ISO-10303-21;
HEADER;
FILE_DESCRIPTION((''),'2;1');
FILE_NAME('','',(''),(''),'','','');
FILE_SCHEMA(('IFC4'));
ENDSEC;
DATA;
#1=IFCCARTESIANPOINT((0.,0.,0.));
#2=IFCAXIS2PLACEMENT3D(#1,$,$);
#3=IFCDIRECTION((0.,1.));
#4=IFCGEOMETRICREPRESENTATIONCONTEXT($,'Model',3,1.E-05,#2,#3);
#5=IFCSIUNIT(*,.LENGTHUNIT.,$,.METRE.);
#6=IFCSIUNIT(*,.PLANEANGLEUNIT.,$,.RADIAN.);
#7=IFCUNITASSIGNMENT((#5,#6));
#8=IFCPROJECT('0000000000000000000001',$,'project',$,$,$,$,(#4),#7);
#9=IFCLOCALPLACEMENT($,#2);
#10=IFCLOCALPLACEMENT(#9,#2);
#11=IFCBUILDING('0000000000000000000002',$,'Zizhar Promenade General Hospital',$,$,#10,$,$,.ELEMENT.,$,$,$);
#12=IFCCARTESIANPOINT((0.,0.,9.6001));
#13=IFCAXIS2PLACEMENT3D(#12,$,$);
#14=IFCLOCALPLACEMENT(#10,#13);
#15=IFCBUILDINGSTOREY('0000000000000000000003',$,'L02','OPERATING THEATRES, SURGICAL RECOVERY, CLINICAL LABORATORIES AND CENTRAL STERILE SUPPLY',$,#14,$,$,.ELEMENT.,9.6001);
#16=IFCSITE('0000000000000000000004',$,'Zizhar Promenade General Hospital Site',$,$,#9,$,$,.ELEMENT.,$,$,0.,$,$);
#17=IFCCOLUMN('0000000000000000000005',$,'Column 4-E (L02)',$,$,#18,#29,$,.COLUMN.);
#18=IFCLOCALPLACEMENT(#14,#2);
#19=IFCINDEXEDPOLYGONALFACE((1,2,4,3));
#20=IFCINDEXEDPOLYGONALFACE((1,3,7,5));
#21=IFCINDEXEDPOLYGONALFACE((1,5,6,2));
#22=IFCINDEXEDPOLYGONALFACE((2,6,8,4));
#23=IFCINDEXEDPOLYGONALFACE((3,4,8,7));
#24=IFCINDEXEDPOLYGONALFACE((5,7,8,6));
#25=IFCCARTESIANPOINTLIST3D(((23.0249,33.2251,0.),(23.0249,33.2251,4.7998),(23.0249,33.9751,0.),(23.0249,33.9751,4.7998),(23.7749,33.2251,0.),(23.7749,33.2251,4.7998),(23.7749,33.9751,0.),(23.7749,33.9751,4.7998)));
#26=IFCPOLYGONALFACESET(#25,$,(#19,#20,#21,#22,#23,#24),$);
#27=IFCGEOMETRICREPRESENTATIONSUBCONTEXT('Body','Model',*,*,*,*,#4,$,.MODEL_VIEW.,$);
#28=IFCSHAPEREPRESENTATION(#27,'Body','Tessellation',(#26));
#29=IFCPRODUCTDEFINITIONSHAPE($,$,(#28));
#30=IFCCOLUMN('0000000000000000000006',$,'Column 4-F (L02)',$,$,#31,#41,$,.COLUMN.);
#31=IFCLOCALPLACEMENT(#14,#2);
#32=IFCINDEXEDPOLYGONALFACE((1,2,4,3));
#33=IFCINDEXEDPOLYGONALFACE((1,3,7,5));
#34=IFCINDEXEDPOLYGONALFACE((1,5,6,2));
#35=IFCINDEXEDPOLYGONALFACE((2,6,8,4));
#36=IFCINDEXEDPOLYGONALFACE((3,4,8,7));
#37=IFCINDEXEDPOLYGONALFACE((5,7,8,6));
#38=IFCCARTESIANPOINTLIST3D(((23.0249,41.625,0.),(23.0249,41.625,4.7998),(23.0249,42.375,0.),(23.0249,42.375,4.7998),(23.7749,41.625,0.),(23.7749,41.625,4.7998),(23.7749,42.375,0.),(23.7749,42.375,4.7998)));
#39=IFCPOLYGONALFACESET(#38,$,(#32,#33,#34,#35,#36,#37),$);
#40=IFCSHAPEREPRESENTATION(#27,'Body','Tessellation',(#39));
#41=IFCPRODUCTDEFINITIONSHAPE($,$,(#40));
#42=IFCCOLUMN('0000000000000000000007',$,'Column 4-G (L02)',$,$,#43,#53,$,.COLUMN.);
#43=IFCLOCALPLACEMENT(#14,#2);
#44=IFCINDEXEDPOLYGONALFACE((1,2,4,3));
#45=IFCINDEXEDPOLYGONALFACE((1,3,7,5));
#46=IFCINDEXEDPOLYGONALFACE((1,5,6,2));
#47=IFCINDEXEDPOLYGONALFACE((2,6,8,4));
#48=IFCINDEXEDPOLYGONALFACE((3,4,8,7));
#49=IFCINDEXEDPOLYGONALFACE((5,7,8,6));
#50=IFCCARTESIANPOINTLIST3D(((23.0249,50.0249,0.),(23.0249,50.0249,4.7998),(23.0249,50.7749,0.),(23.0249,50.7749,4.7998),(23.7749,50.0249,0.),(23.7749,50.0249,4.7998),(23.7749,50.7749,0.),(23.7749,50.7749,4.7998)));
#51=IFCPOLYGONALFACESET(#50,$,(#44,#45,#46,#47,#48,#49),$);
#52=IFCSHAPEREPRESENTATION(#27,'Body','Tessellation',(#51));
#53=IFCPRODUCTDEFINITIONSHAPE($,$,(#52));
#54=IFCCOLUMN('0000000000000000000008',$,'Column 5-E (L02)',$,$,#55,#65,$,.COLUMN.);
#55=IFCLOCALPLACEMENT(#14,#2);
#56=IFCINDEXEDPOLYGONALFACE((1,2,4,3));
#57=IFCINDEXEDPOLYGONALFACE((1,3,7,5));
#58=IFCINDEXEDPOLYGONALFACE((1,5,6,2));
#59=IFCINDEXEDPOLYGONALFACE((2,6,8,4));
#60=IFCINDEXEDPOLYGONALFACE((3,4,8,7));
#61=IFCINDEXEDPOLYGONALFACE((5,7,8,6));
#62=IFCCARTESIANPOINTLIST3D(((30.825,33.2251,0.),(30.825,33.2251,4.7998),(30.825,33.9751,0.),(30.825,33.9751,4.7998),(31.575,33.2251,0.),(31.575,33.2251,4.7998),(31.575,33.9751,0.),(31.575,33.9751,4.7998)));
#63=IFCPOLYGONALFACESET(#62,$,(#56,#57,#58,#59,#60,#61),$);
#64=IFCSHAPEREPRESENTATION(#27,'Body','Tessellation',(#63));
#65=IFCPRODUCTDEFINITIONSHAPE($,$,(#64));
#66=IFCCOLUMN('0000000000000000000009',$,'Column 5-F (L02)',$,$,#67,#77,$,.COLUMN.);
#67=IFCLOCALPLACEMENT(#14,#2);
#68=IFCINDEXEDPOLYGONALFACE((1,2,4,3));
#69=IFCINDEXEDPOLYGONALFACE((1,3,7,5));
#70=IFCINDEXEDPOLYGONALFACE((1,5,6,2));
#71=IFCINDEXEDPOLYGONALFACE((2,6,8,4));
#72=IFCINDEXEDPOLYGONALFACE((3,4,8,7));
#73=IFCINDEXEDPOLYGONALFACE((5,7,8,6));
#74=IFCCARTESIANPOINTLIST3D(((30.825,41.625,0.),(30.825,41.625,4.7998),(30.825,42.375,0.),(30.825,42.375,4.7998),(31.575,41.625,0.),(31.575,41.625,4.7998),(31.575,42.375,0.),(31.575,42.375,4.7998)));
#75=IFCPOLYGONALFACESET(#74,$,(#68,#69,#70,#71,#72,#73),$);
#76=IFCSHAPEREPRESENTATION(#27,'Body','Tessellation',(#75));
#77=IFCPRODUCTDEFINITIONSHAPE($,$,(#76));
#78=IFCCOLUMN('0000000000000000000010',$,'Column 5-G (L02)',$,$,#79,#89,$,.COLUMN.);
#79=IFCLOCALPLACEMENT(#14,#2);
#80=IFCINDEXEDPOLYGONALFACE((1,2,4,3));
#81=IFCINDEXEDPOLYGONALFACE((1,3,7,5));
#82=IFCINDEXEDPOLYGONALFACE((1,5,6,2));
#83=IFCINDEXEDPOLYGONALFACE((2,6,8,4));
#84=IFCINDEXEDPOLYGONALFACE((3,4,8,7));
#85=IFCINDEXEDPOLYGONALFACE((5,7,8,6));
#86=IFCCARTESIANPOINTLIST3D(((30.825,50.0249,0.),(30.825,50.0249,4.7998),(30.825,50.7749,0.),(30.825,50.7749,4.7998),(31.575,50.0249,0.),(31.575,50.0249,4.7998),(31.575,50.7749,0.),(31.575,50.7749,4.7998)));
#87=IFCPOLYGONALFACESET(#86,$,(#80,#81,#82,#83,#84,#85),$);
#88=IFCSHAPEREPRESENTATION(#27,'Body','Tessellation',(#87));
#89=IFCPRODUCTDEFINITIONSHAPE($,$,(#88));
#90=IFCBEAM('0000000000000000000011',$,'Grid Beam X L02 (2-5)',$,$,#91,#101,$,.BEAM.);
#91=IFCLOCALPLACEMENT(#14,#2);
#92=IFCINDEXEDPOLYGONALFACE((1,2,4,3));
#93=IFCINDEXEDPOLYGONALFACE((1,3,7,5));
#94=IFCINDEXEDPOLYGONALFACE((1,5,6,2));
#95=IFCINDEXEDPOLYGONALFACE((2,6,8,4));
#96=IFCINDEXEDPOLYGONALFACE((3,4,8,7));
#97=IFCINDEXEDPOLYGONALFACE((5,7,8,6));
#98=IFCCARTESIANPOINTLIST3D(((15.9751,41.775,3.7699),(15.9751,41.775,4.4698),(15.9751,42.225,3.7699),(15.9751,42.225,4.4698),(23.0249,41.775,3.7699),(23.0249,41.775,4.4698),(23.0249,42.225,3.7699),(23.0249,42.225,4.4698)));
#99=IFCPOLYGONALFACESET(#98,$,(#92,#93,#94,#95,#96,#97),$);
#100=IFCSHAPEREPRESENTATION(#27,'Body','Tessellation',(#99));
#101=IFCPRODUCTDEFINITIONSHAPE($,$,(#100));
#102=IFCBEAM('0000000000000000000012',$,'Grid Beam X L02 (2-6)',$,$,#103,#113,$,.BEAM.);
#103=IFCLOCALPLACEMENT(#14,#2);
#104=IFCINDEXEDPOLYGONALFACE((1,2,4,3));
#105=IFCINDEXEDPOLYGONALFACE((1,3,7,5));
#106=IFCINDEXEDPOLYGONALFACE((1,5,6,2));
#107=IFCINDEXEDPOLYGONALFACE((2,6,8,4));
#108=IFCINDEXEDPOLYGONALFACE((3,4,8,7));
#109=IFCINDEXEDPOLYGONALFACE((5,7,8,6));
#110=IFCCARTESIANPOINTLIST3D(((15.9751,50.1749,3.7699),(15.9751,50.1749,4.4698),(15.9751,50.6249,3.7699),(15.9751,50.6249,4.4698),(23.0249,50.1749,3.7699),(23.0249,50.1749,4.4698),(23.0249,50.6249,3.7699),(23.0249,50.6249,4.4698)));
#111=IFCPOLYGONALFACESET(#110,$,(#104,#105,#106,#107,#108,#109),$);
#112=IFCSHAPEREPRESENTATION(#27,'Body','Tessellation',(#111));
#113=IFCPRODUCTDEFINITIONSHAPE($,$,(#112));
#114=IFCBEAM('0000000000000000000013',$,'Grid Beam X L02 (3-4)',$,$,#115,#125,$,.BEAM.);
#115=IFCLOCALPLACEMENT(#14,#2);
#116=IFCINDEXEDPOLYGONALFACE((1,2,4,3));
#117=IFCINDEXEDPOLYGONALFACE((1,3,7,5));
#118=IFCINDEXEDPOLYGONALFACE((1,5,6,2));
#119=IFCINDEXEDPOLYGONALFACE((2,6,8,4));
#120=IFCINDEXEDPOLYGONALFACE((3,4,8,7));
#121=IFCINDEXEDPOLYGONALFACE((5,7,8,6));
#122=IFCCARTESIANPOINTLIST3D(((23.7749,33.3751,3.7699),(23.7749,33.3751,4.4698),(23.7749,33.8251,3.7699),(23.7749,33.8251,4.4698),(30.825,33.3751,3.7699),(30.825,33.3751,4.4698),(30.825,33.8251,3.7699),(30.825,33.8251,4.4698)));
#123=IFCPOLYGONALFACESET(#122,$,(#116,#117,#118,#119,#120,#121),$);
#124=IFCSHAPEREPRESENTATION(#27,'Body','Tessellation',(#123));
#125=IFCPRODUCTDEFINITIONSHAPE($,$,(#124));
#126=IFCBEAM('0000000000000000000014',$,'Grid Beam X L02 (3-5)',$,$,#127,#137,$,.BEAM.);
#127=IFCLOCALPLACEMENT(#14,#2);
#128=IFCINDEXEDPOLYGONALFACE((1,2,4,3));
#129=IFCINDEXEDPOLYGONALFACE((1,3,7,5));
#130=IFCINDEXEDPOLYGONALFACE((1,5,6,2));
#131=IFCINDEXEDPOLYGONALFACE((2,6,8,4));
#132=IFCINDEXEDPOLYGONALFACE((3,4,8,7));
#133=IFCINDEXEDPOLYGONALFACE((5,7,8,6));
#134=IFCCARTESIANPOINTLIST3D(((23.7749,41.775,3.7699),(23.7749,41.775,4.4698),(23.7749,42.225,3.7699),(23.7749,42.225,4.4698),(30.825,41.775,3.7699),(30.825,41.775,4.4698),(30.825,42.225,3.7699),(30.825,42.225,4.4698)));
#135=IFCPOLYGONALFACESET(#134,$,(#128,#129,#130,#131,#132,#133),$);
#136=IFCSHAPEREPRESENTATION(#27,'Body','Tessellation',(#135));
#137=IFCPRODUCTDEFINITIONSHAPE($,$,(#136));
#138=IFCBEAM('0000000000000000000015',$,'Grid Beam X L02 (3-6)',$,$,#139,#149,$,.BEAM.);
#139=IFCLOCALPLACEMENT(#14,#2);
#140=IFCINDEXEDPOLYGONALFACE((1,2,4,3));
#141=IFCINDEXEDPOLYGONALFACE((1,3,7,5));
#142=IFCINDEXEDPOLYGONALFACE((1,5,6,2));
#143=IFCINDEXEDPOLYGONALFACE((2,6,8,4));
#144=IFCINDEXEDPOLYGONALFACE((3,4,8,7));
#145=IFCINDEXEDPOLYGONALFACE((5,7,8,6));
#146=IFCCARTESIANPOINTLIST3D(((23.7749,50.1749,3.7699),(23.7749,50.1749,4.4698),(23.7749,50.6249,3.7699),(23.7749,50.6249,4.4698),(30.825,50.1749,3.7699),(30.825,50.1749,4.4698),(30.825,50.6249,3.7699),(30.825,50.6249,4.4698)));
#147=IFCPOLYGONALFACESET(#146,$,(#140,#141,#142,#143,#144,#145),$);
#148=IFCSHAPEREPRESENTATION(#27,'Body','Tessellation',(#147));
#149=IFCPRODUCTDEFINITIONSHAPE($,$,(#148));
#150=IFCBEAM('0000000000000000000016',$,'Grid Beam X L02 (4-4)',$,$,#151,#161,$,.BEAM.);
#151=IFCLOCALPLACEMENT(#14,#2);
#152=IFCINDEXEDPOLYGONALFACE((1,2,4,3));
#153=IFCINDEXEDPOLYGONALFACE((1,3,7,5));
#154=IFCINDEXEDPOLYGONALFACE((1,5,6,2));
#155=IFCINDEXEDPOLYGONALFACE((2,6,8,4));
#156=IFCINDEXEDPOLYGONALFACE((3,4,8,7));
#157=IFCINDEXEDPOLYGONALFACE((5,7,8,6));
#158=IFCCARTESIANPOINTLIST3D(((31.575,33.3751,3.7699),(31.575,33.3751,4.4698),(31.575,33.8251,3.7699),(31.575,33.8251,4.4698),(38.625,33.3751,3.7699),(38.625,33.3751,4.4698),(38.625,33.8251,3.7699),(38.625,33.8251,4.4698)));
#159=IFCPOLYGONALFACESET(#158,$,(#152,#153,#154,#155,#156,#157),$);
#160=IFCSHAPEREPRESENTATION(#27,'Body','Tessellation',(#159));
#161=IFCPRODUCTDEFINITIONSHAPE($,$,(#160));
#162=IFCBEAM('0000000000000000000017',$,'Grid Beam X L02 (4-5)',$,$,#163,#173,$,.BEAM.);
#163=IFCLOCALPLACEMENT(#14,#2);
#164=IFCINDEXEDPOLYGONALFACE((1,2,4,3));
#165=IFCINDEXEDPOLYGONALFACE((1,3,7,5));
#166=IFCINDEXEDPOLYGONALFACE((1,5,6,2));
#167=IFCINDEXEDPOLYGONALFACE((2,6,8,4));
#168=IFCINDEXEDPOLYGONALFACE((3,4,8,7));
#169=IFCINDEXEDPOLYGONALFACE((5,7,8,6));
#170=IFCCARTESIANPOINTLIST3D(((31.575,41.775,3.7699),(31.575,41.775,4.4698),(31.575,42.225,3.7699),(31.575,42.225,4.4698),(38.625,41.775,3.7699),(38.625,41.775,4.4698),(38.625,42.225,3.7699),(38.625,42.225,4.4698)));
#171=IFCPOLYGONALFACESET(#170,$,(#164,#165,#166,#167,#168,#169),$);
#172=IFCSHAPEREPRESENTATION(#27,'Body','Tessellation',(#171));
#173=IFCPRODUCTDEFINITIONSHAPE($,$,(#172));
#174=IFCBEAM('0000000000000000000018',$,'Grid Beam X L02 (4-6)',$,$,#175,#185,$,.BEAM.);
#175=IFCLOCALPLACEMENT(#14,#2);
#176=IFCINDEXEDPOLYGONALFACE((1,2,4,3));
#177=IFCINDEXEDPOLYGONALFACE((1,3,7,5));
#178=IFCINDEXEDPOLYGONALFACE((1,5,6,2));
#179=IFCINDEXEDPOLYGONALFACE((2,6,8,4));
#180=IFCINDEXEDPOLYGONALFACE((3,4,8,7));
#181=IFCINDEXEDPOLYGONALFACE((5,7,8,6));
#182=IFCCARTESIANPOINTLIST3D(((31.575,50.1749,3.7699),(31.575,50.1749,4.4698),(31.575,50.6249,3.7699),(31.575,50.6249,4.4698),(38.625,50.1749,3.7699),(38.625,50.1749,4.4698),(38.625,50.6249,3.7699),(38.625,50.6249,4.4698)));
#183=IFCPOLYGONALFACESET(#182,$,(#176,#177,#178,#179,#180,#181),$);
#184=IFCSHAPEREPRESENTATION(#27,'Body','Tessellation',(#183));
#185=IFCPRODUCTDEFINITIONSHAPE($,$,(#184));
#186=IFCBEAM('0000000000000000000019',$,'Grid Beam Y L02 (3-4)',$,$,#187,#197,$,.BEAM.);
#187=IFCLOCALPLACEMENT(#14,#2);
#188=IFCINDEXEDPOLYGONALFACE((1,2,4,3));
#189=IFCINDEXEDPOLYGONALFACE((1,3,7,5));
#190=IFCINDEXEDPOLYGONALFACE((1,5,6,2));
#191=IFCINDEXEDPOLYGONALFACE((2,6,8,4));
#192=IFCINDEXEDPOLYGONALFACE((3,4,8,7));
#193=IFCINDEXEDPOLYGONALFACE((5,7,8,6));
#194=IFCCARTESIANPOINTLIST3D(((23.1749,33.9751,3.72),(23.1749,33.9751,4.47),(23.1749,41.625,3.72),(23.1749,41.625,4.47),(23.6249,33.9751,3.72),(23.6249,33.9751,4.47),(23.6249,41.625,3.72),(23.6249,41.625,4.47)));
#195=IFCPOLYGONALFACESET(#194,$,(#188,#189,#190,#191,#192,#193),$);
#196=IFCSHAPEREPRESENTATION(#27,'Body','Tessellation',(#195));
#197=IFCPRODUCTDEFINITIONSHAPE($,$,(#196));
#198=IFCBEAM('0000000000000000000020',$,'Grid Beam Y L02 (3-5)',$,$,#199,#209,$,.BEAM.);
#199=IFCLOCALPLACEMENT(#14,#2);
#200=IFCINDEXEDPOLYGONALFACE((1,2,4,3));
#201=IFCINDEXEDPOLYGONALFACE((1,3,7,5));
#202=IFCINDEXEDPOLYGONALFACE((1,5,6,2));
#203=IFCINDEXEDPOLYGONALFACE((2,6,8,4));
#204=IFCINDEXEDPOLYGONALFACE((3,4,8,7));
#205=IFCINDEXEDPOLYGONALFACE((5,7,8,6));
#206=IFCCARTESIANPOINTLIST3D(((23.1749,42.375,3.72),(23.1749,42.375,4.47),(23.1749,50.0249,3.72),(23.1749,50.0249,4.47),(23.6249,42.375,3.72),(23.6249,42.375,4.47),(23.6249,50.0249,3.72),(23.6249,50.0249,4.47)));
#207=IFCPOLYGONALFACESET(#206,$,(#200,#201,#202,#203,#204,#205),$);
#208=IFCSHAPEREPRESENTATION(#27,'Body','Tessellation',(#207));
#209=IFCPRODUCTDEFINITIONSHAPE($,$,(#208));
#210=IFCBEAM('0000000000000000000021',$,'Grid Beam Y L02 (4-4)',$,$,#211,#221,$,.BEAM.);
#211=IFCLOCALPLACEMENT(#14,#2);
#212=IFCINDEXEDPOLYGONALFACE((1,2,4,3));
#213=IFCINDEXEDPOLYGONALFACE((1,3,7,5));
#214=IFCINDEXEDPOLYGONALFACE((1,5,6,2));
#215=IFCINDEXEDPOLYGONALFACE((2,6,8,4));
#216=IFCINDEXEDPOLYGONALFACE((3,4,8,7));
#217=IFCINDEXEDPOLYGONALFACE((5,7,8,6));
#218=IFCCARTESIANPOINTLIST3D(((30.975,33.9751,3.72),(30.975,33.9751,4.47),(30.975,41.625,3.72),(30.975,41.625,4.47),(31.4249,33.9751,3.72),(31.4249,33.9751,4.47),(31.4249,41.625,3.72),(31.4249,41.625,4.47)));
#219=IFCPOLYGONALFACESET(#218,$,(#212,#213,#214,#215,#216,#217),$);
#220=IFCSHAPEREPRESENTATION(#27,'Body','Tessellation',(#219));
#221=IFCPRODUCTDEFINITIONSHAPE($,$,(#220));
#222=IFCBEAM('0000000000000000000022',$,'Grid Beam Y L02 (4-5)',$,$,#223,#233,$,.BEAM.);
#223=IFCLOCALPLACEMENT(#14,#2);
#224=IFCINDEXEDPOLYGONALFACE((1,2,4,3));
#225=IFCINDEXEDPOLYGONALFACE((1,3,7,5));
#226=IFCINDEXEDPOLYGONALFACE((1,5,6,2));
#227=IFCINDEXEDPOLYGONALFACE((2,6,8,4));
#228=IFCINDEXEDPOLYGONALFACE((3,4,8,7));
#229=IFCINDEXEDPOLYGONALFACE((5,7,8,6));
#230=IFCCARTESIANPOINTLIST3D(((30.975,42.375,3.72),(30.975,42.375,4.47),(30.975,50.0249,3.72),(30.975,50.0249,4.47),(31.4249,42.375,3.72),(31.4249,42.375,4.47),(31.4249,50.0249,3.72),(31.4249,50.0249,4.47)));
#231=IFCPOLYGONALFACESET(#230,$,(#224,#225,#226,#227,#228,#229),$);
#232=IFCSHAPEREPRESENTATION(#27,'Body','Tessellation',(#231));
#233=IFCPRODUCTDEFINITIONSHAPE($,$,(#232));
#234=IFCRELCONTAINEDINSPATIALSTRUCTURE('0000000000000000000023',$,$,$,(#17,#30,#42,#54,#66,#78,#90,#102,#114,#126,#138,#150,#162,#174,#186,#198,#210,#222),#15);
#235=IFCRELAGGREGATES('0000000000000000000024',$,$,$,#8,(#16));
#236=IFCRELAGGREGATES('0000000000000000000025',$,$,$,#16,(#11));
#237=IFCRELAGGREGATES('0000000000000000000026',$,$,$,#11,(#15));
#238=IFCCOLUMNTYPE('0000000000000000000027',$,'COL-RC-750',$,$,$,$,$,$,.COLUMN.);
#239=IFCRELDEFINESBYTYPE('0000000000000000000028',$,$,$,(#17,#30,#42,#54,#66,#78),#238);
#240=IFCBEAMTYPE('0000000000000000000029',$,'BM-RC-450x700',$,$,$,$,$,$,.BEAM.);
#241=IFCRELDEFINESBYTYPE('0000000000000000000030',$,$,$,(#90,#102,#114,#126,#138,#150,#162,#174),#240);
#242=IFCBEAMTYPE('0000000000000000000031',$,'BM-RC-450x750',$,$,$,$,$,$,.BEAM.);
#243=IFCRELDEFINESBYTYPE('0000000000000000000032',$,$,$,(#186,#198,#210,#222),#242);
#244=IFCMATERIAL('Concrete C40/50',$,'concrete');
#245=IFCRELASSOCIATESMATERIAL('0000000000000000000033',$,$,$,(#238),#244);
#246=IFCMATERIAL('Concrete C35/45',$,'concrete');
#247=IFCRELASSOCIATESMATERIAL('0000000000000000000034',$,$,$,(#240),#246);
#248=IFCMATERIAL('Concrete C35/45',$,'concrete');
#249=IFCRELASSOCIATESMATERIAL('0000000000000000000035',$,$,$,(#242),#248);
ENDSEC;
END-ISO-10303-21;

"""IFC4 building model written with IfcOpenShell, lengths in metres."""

from ifc_helpers import new_model, si_unit, direction, frame, origin, origin_2d, place, context, subcontext, project, spatial, rectangle, extrude, material, material_profile, profile_set, type_object, element, save


model = new_model("IFC4")

# Units and contexts
model_context = context("Model", 3, precision=1e-05, world=origin(), true_north=direction((0.0, 1.0)))
body_context = subcontext(model_context, "Body", "Model", "MODEL_VIEW")
ifc_project = project(units=[si_unit("LENGTHUNIT", "METRE"), si_unit("PLANEANGLEUNIT", "RADIAN")], contexts=[model_context])

# Site, building, storey
site_placement = place(None, origin())
site = spatial("IfcSite", under=ifc_project, at=site_placement, Name="Zizhar Promenade General Hospital Site", CompositionType="ELEMENT", RefElevation=0.0)
building_placement = place(site_placement, origin())
building = spatial("IfcBuilding", under=site, at=building_placement, Name="Zizhar Promenade General Hospital", CompositionType="ELEMENT")
storey_placement = place(building_placement, frame((0.0, 0.0, 9.6001)))
storey = spatial("IfcBuildingStorey", under=building, at=storey_placement, Name="L02", Description="OPERATING THEATRES, SURGICAL RECOVERY, CLINICAL LABORATORIES AND CENTRAL STERILE SUPPLY", CompositionType="ELEMENT", Elevation=9.6001)

# Columns
ifc_material_1 = material(Name="Concrete C40/50", Category="concrete")
ifc_material_profile_1 = material_profile(ifc_material_1, rectangle(XDim=0.75, YDim=0.75, at=origin_2d()))
ifc_profile_set_1 = profile_set([ifc_material_profile_1], Name="Concrete C40/50")
column_type = type_object("IfcColumnType", Name="COL-RC-750", PredefinedType="COLUMN", material=ifc_profile_set_1)
for number, where, z_axis, x_axis, name in (
    (1, (23.3999, 33.6001, 0.0), (0.0, 0.0, 1.0), (1.0, 0.0, 0.0), "Column 4-E (L02)"),
    (2, (23.3999, 42.0, 0.0), (0.0, 0.0, 1.0), (1.0, 0.0, 0.0), "Column 4-F (L02)"),
    (3, (23.3999, 50.3999, 0.0), (0.0, 0.0, 1.0), (1.0, 0.0, 0.0), "Column 4-G (L02)"),
    (4, (31.2, 33.6001, 0.0), (0.0, 0.0, 1.0), (1.0, 0.0, 0.0), "Column 5-E (L02)"),
    (5, (31.2, 42.0, 0.0), (0.0, 0.0, 1.0), (1.0, 0.0, 0.0), "Column 5-F (L02)"),
    (6, (31.2, 50.3999, 0.0), (0.0, 0.0, 1.0), (1.0, 0.0, 0.0), "Column 5-G (L02)"),
):
    element("IfcColumn", number, at=place(storey_placement, frame(where, z_axis=z_axis, x_axis=x_axis)), inside=storey, type_object=column_type, Name=name, PredefinedType="COLUMN", context=body_context, shape_type="SweptSolid", body=[
        extrude(rectangle(XDim=0.75, YDim=0.75, at=origin_2d()), origin(), (0.0, 0.0, 1.0), 4.7998),
    ])

# Beams
ifc_material_2 = material(Name="Concrete C35/45", Category="concrete")
ifc_material_profile_2 = material_profile(ifc_material_2, rectangle(XDim=0.45, YDim=0.7, at=origin_2d()))
ifc_profile_set_2 = profile_set([ifc_material_profile_2], Name="Concrete C35/45")
beam_type_1 = type_object("IfcBeamType", Name="BM-RC-450x700", PredefinedType="BEAM", material=ifc_profile_set_2)
for number, where, z_axis, x_axis, name in (
    (7, (15.9751, 42.0, 4.1199), (1.0, 0.0, 0.0), (0.0, 1.0, 0.0), "Grid Beam X L02 (2-5)"),
    (8, (15.9751, 50.3999, 4.1199), (1.0, 0.0, 0.0), (0.0, 1.0, 0.0), "Grid Beam X L02 (2-6)"),
):
    element("IfcBeam", number, at=place(storey_placement, frame(where, z_axis=z_axis, x_axis=x_axis)), inside=storey, type_object=beam_type_1, Name=name, PredefinedType="BEAM", context=body_context, shape_type="SweptSolid", body=[
        extrude(rectangle(XDim=0.45, YDim=0.7, at=origin_2d()), origin(), (0.0, 0.0, 1.0), 7.0498),
    ])
for number, where, z_axis, x_axis, name in (
    (9, (23.7749, 33.6001, 4.1199), (1.0, 0.0, 0.0), (0.0, 1.0, 0.0), "Grid Beam X L02 (3-4)"),
    (10, (23.7749, 42.0, 4.1199), (1.0, 0.0, 0.0), (0.0, 1.0, 0.0), "Grid Beam X L02 (3-5)"),
    (11, (23.7749, 50.3999, 4.1199), (1.0, 0.0, 0.0), (0.0, 1.0, 0.0), "Grid Beam X L02 (3-6)"),
    (12, (31.575, 33.6001, 4.1199), (1.0, 0.0, 0.0), (0.0, 1.0, 0.0), "Grid Beam X L02 (4-4)"),
    (13, (31.575, 42.0, 4.1199), (1.0, 0.0, 0.0), (0.0, 1.0, 0.0), "Grid Beam X L02 (4-5)"),
    (14, (31.575, 50.3999, 4.1199), (1.0, 0.0, 0.0), (0.0, 1.0, 0.0), "Grid Beam X L02 (4-6)"),
):
    element("IfcBeam", number, at=place(storey_placement, frame(where, z_axis=z_axis, x_axis=x_axis)), inside=storey, type_object=beam_type_1, Name=name, PredefinedType="BEAM", context=body_context, shape_type="SweptSolid", body=[
        extrude(rectangle(XDim=0.45, YDim=0.7, at=origin_2d()), origin(), (0.0, 0.0, 1.0), 7.05),
    ])
ifc_material_3 = material(Name="Concrete C35/45", Category="concrete")
ifc_material_profile_3 = material_profile(ifc_material_3, rectangle(XDim=0.45, YDim=0.75, at=origin_2d()))
ifc_profile_set_3 = profile_set([ifc_material_profile_3], Name="Concrete C35/45")
beam_type_2 = type_object("IfcBeamType", Name="BM-RC-450x750", PredefinedType="BEAM", material=ifc_profile_set_3)
for number, where, z_axis, x_axis, name in (
    (15, (23.3999, 33.9751, 4.095), (0.0, 1.0, 0.0), (-1.0, 0.0, 0.0), "Grid Beam Y L02 (3-4)"),
    (16, (23.3999, 42.375, 4.095), (0.0, 1.0, 0.0), (-1.0, 0.0, 0.0), "Grid Beam Y L02 (3-5)"),
    (17, (31.2, 33.9751, 4.095), (0.0, 1.0, 0.0), (-1.0, 0.0, 0.0), "Grid Beam Y L02 (4-4)"),
    (18, (31.2, 42.375, 4.095), (0.0, 1.0, 0.0), (-1.0, 0.0, 0.0), "Grid Beam Y L02 (4-5)"),
):
    element("IfcBeam", number, at=place(storey_placement, frame(where, z_axis=z_axis, x_axis=x_axis)), inside=storey, type_object=beam_type_2, Name=name, PredefinedType="BEAM", context=body_context, shape_type="SweptSolid", body=[
        extrude(rectangle(XDim=0.45, YDim=0.75, at=origin_2d()), origin(), (0.0, 0.0, 1.0), 7.6499),
    ])

save(model, "model.ifc")
